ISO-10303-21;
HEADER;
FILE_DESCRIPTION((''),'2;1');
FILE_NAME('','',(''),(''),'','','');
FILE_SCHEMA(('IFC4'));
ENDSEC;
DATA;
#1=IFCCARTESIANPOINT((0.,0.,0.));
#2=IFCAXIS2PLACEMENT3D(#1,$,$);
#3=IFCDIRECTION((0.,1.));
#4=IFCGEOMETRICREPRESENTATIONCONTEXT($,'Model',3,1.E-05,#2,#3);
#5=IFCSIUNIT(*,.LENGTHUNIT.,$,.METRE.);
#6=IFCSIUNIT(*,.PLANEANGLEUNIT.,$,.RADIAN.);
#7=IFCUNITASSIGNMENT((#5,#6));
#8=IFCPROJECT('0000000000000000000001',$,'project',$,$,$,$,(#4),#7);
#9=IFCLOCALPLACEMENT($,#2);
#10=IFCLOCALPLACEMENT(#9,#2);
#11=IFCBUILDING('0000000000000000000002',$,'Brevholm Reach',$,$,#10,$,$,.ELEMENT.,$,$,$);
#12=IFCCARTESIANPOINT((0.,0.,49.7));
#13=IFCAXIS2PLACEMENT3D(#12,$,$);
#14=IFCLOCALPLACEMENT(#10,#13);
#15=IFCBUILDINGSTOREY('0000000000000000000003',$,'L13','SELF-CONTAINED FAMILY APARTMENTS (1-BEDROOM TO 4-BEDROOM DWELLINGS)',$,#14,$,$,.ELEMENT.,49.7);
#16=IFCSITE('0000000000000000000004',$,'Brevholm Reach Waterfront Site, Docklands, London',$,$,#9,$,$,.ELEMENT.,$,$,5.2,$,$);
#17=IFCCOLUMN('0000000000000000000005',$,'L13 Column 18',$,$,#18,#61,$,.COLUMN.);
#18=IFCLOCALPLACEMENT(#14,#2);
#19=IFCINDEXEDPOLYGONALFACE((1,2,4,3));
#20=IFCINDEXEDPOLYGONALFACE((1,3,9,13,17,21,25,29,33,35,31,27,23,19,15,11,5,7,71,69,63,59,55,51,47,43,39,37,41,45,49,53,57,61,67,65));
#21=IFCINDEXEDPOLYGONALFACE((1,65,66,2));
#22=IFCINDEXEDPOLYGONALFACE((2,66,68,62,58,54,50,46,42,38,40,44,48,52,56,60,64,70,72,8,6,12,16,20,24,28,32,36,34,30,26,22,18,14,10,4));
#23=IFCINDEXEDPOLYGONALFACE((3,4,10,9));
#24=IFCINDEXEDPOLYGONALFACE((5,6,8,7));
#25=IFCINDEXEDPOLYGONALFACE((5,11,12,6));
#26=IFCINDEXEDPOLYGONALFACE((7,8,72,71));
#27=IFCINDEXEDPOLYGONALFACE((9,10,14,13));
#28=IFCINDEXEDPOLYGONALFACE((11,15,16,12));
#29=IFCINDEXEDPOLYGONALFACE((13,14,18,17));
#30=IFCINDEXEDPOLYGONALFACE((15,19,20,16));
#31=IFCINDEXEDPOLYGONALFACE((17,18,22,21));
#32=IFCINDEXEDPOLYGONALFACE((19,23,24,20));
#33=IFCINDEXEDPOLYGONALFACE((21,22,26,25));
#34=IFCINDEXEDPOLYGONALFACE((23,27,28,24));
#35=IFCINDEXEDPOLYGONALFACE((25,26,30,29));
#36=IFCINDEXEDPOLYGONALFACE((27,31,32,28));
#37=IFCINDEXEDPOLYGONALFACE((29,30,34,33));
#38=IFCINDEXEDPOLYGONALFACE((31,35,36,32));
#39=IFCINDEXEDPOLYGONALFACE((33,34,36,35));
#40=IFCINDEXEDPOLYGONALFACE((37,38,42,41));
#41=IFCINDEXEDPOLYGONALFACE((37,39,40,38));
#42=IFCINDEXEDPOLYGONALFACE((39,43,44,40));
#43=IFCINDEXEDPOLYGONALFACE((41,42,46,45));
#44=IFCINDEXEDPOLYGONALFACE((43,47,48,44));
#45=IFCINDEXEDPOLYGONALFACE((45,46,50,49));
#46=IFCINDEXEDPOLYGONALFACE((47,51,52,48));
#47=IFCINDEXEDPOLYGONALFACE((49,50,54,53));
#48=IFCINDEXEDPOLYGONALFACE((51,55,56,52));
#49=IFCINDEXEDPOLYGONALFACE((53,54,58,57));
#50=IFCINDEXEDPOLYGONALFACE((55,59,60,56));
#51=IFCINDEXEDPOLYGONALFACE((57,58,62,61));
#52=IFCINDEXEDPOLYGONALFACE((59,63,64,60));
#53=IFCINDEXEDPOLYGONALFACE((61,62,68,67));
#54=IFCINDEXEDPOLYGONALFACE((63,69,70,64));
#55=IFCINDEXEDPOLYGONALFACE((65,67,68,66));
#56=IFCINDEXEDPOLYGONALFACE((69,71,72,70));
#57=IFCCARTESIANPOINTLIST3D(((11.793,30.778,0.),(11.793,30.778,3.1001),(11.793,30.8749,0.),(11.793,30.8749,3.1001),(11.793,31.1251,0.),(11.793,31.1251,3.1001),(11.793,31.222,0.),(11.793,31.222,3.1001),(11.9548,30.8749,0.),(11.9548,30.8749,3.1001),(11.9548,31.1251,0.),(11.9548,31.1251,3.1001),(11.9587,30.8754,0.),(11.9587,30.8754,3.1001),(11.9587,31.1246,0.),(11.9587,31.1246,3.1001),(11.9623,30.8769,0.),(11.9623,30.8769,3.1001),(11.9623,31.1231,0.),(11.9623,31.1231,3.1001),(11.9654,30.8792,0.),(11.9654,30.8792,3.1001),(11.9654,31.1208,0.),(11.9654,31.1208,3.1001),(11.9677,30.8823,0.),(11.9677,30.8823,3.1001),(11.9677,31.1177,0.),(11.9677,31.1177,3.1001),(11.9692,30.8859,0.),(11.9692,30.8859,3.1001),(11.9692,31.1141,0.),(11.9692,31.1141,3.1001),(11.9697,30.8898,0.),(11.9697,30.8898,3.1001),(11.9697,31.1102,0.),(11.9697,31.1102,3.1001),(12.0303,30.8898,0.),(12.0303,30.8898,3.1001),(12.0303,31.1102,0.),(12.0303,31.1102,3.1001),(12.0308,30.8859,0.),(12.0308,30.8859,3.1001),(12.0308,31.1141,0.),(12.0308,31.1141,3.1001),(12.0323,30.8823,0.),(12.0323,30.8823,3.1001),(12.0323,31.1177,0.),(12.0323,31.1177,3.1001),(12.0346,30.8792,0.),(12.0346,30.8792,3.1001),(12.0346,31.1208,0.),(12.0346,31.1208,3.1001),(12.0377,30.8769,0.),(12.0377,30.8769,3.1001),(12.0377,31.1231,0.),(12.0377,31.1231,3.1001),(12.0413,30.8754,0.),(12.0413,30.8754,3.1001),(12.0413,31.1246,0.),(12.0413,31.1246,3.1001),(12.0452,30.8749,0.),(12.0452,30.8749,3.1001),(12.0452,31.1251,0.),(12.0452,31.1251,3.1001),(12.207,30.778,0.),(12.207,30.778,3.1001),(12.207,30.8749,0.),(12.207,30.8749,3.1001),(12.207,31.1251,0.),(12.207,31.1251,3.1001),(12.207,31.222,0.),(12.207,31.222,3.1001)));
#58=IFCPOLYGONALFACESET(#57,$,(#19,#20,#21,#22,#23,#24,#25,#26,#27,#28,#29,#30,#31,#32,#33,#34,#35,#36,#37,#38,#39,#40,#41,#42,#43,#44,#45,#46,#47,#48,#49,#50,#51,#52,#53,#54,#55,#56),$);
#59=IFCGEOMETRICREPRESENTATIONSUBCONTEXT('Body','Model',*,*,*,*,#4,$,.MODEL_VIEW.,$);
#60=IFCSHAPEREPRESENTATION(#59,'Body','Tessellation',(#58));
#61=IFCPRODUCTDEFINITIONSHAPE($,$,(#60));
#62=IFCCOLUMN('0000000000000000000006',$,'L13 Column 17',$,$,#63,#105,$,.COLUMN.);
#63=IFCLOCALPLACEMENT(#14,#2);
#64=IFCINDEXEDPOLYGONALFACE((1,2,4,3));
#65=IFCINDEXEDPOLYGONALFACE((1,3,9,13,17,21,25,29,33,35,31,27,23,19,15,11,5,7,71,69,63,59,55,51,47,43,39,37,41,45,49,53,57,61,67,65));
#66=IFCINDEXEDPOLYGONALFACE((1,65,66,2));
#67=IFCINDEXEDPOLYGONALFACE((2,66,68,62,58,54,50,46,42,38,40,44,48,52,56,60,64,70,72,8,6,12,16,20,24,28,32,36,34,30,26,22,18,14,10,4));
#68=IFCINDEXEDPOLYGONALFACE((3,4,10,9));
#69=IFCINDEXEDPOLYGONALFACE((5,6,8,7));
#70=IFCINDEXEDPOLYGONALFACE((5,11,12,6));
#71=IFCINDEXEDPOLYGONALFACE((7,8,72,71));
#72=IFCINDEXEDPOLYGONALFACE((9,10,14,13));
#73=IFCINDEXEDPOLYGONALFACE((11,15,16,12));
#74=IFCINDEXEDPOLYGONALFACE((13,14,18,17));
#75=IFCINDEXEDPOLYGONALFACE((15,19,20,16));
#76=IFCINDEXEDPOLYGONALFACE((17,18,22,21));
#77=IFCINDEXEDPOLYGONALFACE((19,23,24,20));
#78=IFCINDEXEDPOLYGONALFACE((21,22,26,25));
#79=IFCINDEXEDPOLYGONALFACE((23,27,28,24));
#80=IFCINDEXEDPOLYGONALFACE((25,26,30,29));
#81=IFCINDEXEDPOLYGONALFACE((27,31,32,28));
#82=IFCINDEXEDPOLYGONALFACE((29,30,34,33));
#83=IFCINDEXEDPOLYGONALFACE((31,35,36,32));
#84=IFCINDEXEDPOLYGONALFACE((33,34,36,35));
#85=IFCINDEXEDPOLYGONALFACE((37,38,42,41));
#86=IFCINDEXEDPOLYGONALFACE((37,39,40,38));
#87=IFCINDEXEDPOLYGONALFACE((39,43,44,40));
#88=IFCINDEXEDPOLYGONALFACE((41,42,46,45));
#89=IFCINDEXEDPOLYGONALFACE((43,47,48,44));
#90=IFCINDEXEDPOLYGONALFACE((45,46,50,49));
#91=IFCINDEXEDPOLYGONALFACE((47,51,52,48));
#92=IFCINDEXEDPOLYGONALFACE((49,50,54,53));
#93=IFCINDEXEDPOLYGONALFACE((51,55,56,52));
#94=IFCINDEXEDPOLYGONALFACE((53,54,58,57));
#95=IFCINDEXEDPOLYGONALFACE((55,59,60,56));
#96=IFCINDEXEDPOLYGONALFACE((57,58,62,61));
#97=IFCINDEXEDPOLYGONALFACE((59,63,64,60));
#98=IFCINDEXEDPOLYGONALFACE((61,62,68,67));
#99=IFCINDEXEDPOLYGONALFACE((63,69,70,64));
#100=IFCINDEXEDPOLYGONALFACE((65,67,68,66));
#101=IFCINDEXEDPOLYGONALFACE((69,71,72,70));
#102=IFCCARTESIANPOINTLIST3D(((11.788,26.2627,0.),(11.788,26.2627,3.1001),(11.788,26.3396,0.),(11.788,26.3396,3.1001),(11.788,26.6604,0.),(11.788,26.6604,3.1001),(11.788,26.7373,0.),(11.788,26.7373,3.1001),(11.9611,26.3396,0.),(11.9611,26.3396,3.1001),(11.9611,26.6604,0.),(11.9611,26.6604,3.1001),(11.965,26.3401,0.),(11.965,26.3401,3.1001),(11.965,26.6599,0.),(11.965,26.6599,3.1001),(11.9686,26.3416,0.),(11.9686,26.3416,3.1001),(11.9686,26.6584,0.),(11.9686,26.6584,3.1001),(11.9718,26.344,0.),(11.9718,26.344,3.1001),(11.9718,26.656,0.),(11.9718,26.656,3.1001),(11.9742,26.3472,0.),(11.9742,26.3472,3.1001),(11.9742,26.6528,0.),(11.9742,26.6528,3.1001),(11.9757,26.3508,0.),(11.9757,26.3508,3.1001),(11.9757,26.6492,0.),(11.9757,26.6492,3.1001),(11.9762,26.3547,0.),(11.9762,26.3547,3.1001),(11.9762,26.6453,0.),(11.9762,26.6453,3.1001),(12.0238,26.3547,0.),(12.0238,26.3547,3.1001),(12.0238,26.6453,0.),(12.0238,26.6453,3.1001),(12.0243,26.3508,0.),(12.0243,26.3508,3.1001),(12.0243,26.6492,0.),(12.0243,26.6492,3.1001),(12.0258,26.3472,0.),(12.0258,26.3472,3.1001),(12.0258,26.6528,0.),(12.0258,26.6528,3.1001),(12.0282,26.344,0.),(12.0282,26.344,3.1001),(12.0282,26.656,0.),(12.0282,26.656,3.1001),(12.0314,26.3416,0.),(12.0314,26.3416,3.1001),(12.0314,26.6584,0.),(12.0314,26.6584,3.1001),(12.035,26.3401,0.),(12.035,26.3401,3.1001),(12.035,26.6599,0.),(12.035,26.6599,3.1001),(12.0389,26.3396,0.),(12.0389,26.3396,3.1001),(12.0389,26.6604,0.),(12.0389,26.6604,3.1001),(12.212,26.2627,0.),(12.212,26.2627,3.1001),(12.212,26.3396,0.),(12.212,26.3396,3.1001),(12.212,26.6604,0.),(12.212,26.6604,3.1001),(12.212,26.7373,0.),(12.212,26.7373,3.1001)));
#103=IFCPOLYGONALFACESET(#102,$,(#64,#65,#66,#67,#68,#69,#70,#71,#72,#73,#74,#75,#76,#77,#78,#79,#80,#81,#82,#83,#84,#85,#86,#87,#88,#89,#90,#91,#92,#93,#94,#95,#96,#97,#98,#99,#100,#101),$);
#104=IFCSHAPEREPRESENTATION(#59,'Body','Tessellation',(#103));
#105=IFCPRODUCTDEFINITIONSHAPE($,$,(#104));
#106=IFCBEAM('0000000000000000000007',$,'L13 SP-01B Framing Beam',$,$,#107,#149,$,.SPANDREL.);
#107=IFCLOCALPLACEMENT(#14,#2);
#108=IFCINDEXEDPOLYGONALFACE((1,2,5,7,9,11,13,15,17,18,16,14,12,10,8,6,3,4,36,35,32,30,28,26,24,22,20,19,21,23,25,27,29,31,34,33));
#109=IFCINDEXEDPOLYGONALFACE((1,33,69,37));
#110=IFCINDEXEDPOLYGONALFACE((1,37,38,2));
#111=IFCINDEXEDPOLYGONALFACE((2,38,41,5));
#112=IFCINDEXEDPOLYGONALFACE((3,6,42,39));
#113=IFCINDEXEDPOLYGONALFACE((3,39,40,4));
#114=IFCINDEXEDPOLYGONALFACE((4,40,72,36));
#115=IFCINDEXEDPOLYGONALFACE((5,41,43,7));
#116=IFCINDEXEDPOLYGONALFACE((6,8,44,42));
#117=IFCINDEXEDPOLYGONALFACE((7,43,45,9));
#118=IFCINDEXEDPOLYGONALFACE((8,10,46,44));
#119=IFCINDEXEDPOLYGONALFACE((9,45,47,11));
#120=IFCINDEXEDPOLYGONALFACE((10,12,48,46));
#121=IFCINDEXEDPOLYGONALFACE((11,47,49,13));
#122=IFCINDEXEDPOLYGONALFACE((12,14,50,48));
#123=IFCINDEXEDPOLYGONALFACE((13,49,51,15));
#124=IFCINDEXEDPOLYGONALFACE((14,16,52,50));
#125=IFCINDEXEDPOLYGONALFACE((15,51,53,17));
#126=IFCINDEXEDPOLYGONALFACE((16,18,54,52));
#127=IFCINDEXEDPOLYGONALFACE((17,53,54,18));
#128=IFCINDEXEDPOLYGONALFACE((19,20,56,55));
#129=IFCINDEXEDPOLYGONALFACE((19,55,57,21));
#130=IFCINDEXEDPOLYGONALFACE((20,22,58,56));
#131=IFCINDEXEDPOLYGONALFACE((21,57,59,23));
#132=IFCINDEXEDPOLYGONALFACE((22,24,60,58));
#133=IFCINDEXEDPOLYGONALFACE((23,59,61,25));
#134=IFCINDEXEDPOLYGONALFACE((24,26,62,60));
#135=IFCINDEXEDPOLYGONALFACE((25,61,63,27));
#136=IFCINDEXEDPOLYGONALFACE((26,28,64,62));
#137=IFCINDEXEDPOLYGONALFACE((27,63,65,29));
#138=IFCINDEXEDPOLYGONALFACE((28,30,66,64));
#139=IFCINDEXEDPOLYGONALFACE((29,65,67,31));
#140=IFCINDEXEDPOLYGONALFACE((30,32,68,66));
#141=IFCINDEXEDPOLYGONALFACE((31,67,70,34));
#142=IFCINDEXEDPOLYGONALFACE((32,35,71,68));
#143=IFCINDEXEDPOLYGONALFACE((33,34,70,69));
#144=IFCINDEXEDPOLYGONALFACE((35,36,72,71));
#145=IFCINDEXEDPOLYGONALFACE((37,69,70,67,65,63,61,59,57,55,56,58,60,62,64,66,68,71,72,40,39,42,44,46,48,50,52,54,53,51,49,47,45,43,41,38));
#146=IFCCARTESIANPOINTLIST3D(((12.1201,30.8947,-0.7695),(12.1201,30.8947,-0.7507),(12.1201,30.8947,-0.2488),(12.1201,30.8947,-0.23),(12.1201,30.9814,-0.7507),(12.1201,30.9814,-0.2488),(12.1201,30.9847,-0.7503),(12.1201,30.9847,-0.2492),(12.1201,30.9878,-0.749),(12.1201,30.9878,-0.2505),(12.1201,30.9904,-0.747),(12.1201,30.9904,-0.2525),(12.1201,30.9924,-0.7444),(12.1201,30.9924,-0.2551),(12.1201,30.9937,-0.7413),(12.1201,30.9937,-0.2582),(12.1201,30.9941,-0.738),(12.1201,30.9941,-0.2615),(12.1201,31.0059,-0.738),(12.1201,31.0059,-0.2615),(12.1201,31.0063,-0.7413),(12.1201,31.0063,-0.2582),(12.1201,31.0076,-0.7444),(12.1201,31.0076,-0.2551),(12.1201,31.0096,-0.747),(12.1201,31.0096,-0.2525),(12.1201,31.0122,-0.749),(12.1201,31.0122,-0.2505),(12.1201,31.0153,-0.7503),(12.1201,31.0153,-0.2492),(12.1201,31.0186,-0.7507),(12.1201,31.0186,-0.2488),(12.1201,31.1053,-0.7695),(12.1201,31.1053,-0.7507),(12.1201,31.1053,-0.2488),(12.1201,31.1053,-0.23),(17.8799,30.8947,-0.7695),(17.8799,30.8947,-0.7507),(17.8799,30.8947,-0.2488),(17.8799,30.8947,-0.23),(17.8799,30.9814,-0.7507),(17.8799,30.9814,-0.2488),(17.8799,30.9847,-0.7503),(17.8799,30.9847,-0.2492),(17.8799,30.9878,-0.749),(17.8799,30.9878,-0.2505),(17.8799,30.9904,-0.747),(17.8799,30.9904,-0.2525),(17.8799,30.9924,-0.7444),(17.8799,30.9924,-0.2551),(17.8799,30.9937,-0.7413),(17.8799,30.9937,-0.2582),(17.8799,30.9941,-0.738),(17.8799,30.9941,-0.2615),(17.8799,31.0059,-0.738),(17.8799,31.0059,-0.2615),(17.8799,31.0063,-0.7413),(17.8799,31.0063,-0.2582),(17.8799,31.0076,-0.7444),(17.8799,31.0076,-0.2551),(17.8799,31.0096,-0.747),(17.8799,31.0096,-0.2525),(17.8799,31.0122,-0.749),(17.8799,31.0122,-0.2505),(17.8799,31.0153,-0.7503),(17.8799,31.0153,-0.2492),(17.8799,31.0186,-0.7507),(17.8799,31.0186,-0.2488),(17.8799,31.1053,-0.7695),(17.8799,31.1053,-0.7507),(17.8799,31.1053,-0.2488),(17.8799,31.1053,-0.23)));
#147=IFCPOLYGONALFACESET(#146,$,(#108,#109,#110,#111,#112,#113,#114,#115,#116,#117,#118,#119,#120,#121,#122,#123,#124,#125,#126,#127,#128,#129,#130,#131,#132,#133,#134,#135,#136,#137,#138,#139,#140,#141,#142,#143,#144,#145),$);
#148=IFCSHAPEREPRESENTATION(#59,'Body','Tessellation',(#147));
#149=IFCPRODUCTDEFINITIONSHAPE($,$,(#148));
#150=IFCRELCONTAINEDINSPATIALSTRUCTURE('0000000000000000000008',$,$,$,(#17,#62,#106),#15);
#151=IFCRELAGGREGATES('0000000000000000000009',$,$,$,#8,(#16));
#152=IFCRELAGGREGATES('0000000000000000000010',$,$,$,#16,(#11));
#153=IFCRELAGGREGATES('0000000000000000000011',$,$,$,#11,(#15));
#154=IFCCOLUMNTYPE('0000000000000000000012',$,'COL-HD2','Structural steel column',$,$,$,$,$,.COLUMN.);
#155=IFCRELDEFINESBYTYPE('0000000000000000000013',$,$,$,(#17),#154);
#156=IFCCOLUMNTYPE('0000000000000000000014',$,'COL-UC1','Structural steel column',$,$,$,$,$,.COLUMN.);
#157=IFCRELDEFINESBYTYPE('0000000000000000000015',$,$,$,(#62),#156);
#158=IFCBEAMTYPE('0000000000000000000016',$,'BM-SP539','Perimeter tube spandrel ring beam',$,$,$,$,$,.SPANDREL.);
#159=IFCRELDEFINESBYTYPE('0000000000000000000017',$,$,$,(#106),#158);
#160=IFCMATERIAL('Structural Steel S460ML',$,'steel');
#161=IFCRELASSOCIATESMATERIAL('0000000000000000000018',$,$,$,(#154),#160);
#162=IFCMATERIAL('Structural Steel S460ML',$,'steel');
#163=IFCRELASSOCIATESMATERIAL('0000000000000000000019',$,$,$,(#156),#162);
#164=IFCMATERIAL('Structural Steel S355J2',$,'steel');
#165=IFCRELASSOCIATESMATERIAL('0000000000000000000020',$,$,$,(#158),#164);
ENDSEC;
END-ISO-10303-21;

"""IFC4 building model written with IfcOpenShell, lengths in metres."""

from ifc_helpers import new_model, si_unit, direction, frame, origin, origin_2d, place, context, subcontext, project, spatial, i_section, extrude, material, material_profile, profile_set, type_object, element, save


model = new_model("IFC4")

# Units and contexts
model_context = context("Model", 3, precision=1e-05, world=origin(), true_north=direction((0.0, 1.0)))
body_context = subcontext(model_context, "Body", "Model", "MODEL_VIEW")
ifc_project = project(units=[si_unit("LENGTHUNIT", "METRE"), si_unit("PLANEANGLEUNIT", "RADIAN")], contexts=[model_context])

# Site, building, storey
site_placement = place(None, origin())
site = spatial("IfcSite", under=ifc_project, at=site_placement, Name="Brevholm Reach Waterfront Site, Docklands, London", CompositionType="ELEMENT", RefElevation=5.2)
building_placement = place(site_placement, origin())
building = spatial("IfcBuilding", under=site, at=building_placement, Name="Brevholm Reach", CompositionType="ELEMENT")
storey_placement = place(building_placement, frame((0.0, 0.0, 49.7)))
storey = spatial("IfcBuildingStorey", under=building, at=storey_placement, Name="L13", Description="SELF-CONTAINED FAMILY APARTMENTS (1-BEDROOM TO 4-BEDROOM DWELLINGS)", CompositionType="ELEMENT", Elevation=49.7)

# Columns
ifc_material_1 = material(Name="Structural Steel S460ML", Category="steel")
ifc_material_profile_1 = material_profile(ifc_material_1, i_section(OverallWidth=0.4141, OverallDepth=0.4441, WebThickness=0.0605, FlangeThickness=0.0969, FilletRadius=0.0149, at=origin_2d()), Name="HD 400x818")
ifc_profile_set_1 = profile_set([ifc_material_profile_1], Name="Structural Steel S460ML")
column_type_1 = type_object("IfcColumnType", Name="COL-HD2", Description="Structural steel column", PredefinedType="COLUMN", material=ifc_profile_set_1)
column_1_placement = place(storey_placement, frame((12.0, 31.0, 0.0), z_axis=(0.0, 0.0, 1.0), x_axis=(1.0, 0.0, 0.0)))
element("IfcColumn", 1, at=column_1_placement, inside=storey, type_object=column_type_1, Name="L13 Column 18", PredefinedType="COLUMN", context=body_context, shape_type="SweptSolid", body=[
    extrude(i_section(OverallWidth=0.4141, OverallDepth=0.4441, WebThickness=0.0605, FlangeThickness=0.0969, FilletRadius=0.0149, at=origin_2d()), origin(), (0.0, 0.0, 1.0), 3.1001),
])
ifc_material_2 = material(Name="Structural Steel S460ML", Category="steel")
ifc_material_profile_2 = material_profile(ifc_material_2, i_section(OverallWidth=0.4241, OverallDepth=0.4746, WebThickness=0.0476, FlangeThickness=0.0769, FilletRadius=0.0151, at=origin_2d()), Name="UKC 356x406x634")
ifc_profile_set_2 = profile_set([ifc_material_profile_2], Name="Structural Steel S460ML")
column_type_2 = type_object("IfcColumnType", Name="COL-UC1", Description="Structural steel column", PredefinedType="COLUMN", material=ifc_profile_set_2)
column_2_placement = place(storey_placement, frame((12.0, 26.5, 0.0), z_axis=(0.0, 0.0, 1.0), x_axis=(1.0, 0.0, 0.0)))
element("IfcColumn", 2, at=column_2_placement, inside=storey, type_object=column_type_2, Name="L13 Column 17", PredefinedType="COLUMN", context=body_context, shape_type="SweptSolid", body=[
    extrude(i_section(OverallWidth=0.4241, OverallDepth=0.4746, WebThickness=0.0476, FlangeThickness=0.0769, FilletRadius=0.0151, at=origin_2d()), origin(), (0.0, 0.0, 1.0), 3.1001),
])

# Beam
ifc_material_3 = material(Name="Structural Steel S355J2", Category="steel")
ifc_material_profile_3 = material_profile(ifc_material_3, i_section(OverallWidth=0.2107, OverallDepth=0.5396, WebThickness=0.0117, FlangeThickness=0.0188, FilletRadius=0.0127, at=origin_2d()), Name="UKB 533x210x109")
ifc_profile_set_3 = profile_set([ifc_material_profile_3], Name="Structural Steel S355J2")
beam_type_1 = type_object("IfcBeamType", Name="BM-SP539", Description="Perimeter tube spandrel ring beam", PredefinedType="SPANDREL", material=ifc_profile_set_3)
beam_1_placement = place(storey_placement, frame((12.1201, 31.0, -0.4998), z_axis=(1.0, 0.0, 0.0), x_axis=(0.0, 1.0, 0.0)))
element("IfcBeam", 3, at=beam_1_placement, inside=storey, type_object=beam_type_1, Name="L13 SP-01B Framing Beam", PredefinedType="SPANDREL", context=body_context, shape_type="SweptSolid", body=[
    extrude(i_section(OverallWidth=0.2107, OverallDepth=0.5396, WebThickness=0.0117, FlangeThickness=0.0188, FilletRadius=0.0127, at=origin_2d()), origin(), (0.0, 0.0, 1.0), 5.7598),
])

save(model, "model.ifc")
